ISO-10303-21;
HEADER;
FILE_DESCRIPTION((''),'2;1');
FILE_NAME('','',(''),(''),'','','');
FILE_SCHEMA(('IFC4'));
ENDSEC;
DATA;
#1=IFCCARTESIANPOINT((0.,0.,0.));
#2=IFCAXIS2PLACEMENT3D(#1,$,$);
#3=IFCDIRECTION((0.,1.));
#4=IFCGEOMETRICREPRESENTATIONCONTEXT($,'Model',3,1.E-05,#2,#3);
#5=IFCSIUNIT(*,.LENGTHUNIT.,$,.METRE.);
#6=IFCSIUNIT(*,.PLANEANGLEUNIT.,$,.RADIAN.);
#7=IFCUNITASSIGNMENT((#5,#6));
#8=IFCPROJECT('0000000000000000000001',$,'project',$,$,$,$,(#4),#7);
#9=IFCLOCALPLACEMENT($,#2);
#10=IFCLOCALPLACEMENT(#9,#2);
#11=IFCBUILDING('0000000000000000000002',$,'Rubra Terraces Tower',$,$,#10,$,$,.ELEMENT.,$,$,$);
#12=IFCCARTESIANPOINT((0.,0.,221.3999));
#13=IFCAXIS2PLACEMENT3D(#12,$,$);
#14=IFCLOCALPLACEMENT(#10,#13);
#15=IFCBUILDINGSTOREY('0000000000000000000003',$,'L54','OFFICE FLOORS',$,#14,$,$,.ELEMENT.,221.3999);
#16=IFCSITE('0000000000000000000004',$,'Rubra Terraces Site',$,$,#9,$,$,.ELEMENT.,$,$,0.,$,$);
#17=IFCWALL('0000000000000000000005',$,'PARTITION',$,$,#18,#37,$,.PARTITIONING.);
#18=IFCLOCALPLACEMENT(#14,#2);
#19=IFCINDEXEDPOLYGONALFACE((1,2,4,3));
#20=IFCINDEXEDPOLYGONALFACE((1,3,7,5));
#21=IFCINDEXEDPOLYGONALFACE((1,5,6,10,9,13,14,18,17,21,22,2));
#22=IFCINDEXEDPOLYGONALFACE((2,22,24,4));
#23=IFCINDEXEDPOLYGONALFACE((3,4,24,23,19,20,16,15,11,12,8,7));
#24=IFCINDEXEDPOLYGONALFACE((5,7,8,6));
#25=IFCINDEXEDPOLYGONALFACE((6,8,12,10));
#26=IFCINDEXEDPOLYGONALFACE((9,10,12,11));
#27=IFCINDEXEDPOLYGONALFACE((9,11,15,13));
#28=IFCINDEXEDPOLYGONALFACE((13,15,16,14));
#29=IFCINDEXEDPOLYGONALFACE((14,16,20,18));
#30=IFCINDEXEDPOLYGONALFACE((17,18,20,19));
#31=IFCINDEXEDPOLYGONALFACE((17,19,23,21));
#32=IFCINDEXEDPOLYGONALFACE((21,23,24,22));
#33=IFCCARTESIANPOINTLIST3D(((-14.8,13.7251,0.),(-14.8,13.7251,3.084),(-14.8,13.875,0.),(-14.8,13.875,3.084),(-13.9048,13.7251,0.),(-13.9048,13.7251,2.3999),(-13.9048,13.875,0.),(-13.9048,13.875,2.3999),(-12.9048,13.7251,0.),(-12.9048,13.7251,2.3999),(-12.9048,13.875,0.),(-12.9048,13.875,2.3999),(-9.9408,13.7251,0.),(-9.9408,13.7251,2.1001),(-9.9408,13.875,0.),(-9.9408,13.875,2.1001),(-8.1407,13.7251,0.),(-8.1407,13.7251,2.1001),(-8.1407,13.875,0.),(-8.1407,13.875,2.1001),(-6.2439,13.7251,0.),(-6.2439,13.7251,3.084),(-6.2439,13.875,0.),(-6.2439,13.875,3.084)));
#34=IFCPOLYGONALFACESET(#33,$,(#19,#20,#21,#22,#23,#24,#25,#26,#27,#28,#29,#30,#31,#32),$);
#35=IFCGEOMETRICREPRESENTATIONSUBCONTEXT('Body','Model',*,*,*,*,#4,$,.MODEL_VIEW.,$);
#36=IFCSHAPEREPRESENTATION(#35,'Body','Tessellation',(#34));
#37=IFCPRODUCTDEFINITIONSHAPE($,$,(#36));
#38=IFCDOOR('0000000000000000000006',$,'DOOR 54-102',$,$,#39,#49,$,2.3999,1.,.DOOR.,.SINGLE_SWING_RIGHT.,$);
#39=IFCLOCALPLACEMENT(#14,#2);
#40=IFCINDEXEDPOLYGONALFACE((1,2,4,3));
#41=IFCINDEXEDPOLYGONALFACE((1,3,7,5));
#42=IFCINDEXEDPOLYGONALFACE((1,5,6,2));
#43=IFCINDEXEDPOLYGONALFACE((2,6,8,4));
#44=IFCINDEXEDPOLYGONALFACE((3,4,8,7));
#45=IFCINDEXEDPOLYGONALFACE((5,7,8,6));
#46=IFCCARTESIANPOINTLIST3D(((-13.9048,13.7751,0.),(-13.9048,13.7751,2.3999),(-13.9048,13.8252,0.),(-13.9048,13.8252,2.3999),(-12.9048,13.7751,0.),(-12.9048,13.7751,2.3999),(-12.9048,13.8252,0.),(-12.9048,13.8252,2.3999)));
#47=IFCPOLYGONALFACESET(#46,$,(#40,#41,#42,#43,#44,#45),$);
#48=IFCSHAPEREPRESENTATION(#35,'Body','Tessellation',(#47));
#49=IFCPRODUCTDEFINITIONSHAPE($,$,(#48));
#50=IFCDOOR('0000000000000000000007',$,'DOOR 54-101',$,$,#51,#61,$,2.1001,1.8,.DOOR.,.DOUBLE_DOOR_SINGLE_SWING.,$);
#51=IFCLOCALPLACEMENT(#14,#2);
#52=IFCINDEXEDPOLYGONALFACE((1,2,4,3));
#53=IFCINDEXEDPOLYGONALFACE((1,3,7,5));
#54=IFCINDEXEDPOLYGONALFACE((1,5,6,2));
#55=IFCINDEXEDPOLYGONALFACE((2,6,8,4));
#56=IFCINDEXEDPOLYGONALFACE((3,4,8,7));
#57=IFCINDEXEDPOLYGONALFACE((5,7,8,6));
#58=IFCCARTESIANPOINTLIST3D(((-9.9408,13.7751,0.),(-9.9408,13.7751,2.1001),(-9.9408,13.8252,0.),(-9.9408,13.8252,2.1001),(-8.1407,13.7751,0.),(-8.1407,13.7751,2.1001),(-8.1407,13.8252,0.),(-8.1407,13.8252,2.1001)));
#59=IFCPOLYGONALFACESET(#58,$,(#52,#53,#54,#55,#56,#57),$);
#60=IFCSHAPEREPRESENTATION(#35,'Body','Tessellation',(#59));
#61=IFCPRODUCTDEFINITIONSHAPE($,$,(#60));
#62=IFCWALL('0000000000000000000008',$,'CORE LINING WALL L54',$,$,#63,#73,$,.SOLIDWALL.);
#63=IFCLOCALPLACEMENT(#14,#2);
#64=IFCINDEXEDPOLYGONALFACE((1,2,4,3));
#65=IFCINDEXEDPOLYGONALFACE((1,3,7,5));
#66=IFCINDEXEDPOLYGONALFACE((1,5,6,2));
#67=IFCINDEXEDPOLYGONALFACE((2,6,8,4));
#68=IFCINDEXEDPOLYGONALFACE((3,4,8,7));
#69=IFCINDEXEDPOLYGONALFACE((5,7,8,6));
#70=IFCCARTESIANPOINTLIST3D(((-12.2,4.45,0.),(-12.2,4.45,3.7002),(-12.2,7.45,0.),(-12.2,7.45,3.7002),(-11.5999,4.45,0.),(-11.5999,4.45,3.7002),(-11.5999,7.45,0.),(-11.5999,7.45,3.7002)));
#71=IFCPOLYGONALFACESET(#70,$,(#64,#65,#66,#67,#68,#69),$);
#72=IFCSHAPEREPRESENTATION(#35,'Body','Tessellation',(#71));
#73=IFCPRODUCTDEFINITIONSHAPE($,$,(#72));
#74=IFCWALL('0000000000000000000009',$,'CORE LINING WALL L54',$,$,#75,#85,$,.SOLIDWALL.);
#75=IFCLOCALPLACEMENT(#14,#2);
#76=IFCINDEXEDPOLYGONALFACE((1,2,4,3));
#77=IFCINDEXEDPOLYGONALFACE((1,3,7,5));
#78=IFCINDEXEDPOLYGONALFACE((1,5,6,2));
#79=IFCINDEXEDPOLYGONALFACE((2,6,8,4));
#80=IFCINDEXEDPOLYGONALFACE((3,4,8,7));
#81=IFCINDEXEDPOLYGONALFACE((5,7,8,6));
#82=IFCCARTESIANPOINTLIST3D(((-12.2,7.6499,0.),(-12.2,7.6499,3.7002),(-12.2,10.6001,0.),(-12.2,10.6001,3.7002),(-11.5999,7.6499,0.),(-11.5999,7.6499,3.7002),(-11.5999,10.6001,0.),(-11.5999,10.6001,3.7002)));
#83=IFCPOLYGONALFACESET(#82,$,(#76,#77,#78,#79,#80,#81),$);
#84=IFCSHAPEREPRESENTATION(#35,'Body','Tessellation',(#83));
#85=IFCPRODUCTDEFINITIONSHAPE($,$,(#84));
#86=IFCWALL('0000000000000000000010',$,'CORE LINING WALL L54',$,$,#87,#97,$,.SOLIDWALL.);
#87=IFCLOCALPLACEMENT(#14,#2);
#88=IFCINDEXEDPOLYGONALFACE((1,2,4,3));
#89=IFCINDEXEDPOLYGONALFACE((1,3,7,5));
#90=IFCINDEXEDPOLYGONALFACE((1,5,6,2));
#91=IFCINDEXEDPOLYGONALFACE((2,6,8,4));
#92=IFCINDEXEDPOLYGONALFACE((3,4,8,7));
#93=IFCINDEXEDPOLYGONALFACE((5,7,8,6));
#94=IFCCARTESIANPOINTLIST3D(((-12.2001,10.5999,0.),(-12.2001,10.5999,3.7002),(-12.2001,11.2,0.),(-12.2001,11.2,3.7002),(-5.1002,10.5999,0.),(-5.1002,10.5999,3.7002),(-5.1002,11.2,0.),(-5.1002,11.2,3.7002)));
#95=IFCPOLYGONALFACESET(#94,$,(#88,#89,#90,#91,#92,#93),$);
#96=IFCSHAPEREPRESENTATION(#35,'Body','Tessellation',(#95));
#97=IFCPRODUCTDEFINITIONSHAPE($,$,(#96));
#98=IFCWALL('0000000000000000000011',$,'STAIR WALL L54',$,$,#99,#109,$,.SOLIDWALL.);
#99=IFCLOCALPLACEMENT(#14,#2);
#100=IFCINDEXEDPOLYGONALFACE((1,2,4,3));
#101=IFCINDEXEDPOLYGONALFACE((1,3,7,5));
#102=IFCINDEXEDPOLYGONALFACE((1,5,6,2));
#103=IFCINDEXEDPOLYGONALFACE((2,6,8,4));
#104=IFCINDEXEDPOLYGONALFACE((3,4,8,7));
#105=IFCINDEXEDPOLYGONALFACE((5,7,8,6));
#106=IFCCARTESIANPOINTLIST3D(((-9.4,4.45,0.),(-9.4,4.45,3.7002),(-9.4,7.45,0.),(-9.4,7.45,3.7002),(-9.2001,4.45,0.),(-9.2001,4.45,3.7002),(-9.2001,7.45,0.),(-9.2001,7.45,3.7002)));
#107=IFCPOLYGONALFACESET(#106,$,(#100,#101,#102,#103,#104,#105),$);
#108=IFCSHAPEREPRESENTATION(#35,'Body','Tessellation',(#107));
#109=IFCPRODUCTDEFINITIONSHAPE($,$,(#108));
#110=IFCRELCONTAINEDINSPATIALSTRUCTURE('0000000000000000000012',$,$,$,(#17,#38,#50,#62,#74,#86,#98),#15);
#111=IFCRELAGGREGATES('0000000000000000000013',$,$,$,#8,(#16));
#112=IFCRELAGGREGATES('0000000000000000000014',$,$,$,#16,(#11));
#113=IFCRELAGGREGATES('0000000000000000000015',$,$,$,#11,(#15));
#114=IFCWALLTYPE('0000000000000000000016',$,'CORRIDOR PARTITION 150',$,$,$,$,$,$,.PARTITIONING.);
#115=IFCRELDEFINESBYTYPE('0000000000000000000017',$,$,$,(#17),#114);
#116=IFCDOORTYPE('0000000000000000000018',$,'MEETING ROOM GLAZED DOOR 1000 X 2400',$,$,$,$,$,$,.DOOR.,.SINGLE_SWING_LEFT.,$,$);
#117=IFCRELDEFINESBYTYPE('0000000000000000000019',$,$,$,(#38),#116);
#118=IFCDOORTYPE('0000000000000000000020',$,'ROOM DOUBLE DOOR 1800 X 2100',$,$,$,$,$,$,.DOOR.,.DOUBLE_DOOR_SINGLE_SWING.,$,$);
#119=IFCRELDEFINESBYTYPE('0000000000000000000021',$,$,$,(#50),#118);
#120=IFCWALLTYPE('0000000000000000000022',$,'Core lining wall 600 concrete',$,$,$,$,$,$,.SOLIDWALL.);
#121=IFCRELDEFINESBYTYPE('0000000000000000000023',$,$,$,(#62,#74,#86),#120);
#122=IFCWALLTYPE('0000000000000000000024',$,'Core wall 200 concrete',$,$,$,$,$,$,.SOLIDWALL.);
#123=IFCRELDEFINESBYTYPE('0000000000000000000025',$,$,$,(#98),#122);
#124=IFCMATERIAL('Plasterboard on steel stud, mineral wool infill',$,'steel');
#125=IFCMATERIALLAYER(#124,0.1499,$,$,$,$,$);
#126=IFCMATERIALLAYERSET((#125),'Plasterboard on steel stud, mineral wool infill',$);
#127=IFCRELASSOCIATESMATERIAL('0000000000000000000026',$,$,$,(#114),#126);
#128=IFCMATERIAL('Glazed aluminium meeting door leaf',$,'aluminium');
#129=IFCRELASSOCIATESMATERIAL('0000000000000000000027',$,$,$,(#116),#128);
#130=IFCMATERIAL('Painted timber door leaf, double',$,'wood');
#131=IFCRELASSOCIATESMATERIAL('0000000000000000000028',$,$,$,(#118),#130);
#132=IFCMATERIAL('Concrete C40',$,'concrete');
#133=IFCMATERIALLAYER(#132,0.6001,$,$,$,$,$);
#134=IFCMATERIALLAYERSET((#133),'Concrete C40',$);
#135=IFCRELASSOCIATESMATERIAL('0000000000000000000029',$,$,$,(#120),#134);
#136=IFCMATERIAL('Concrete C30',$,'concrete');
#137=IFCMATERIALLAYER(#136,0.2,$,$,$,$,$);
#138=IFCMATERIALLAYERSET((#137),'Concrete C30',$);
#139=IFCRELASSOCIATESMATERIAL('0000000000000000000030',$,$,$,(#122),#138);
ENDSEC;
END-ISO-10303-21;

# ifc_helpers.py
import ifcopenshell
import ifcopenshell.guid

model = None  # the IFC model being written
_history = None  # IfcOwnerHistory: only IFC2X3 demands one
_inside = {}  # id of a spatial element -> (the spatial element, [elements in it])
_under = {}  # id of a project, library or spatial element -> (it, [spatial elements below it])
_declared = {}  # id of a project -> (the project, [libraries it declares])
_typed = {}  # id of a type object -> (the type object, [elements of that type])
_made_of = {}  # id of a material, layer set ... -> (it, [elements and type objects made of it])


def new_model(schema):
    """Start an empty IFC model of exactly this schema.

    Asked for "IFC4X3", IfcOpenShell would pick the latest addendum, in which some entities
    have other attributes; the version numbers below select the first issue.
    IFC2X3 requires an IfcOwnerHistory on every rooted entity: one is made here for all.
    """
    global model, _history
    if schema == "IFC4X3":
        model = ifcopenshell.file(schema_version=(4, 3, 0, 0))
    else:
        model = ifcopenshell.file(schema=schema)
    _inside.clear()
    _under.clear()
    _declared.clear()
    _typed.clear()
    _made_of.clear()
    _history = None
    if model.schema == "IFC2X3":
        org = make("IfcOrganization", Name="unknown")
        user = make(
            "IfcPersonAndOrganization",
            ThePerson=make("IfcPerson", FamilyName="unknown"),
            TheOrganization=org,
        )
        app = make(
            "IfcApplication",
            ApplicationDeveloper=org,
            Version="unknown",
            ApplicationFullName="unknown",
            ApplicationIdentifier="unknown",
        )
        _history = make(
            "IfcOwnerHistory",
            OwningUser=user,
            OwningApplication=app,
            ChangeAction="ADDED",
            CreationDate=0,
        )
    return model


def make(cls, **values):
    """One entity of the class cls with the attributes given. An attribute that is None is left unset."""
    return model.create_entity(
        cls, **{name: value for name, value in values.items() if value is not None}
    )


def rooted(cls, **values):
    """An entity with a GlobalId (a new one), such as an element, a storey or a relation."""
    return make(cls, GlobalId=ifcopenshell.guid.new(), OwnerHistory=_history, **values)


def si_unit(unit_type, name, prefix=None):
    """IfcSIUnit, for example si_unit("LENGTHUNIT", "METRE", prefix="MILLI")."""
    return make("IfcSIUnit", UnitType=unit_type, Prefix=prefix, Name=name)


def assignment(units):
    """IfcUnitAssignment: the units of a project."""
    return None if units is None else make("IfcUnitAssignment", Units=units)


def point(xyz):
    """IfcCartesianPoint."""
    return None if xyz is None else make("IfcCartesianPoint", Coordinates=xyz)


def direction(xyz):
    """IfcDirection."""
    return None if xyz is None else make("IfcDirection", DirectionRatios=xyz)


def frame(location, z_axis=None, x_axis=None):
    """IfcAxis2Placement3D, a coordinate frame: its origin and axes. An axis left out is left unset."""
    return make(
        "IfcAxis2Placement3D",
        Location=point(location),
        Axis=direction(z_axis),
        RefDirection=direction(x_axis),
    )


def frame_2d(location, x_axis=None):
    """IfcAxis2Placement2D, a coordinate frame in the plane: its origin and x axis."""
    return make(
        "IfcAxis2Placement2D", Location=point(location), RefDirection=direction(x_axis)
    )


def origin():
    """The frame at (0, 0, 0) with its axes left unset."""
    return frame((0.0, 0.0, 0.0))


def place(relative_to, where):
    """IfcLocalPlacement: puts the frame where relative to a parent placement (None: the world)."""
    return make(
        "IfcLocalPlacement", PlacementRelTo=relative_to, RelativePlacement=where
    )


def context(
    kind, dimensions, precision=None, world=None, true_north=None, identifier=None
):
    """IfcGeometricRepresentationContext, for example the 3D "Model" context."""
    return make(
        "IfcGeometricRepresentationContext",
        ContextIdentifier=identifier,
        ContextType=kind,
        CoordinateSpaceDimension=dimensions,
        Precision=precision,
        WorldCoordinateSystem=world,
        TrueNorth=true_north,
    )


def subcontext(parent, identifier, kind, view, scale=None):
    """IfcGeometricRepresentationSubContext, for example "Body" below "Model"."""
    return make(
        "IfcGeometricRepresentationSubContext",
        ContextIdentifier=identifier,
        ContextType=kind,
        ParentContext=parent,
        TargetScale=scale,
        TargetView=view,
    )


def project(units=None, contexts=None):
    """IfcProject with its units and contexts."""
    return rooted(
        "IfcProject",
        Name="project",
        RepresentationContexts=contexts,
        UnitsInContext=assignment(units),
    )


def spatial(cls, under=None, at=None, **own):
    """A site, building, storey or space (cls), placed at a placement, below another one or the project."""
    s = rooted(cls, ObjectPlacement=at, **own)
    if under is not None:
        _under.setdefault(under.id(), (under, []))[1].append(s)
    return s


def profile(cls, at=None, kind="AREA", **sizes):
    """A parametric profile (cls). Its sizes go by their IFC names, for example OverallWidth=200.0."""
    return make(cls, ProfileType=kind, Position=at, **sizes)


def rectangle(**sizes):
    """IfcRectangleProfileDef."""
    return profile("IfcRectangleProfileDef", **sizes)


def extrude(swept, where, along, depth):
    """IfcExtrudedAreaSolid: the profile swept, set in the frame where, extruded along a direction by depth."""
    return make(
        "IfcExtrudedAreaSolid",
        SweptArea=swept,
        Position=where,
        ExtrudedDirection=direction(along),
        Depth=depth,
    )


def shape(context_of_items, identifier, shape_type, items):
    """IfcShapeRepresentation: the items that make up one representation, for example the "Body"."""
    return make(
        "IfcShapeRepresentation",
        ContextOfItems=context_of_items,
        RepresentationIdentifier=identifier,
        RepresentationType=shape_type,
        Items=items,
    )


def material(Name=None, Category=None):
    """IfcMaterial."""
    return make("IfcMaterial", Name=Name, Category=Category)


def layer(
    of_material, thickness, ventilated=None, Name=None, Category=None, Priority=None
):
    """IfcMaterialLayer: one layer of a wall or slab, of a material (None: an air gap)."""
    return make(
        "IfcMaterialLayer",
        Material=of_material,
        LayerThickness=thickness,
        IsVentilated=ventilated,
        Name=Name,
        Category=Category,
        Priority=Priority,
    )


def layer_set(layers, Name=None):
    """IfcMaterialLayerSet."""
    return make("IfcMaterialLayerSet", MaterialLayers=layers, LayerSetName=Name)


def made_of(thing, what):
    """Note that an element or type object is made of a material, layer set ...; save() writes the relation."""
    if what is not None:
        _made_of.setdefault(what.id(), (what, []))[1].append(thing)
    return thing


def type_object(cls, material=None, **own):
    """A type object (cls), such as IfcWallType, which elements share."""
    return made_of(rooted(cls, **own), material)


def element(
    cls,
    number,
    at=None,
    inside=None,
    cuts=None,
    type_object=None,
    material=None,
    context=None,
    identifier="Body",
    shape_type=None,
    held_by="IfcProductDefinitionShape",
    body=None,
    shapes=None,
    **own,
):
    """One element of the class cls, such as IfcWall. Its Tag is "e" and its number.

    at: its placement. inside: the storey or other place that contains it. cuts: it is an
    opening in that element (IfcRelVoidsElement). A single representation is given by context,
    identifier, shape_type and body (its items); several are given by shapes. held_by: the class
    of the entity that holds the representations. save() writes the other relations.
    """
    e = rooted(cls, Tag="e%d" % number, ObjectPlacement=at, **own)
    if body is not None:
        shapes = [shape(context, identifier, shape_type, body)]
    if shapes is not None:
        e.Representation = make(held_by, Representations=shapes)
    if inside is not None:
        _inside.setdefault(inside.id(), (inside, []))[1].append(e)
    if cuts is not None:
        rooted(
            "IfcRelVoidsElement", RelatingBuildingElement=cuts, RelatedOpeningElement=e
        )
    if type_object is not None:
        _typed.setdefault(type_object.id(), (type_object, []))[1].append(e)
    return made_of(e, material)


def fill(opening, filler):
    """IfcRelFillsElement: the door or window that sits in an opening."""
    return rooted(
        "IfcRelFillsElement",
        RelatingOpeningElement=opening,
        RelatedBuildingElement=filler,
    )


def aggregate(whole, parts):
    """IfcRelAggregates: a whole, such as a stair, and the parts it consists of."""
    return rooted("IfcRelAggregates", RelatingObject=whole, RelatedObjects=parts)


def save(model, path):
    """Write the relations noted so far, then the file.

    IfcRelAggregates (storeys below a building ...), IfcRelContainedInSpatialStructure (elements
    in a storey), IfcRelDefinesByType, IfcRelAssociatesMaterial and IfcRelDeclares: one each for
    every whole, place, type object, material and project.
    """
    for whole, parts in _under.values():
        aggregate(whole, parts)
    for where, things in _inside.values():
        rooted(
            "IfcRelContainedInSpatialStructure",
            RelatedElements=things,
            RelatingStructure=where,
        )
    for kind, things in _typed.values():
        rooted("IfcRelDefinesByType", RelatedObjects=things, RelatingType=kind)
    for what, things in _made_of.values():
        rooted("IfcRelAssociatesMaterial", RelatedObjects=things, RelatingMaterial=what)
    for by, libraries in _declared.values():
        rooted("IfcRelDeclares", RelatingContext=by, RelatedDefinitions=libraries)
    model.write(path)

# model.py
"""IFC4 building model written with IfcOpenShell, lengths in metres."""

from ifc_helpers import new_model, si_unit, direction, frame, frame_2d, origin, place, context, subcontext, project, spatial, rectangle, extrude, material, layer, layer_set, type_object, element, fill, save


model = new_model("IFC4")

# Units and contexts
model_context = context("Model", 3, precision=1e-05, world=origin(), true_north=direction((0.0, 1.0)))
body_context = subcontext(model_context, "Body", "Model", "MODEL_VIEW")
ifc_project = project(units=[si_unit("LENGTHUNIT", "METRE"), si_unit("PLANEANGLEUNIT", "RADIAN")], contexts=[model_context])

# Site, building, storey
site_placement = place(None, origin())
site = spatial("IfcSite", under=ifc_project, at=site_placement, Name="Rubra Terraces Site", CompositionType="ELEMENT", RefElevation=0.0)
building_placement = place(site_placement, origin())
building = spatial("IfcBuilding", under=site, at=building_placement, Name="Rubra Terraces Tower", CompositionType="ELEMENT")
storey_placement = place(building_placement, frame((0.0, 0.0, 221.3999)))
storey = spatial("IfcBuildingStorey", under=building, at=storey_placement, Name="L54", Description="OFFICE FLOORS", CompositionType="ELEMENT", Elevation=221.3999)

# Wall, openings, doors
ifc_material_1 = material(Name="Plasterboard on steel stud, mineral wool infill", Category="steel")
ifc_layer_1 = layer(ifc_material_1, 0.1499)
ifc_layer_set_1 = layer_set([ifc_layer_1], Name="Plasterboard on steel stud, mineral wool infill")
wall_type_1 = type_object("IfcWallType", Name="CORRIDOR PARTITION 150", PredefinedType="PARTITIONING", material=ifc_layer_set_1)
wall_1_placement = place(storey_placement, frame((-6.2439, 13.8, 0.0), z_axis=(0.0, 0.0, 1.0), x_axis=(-1.0, 0.0, 0.0)))
wall_1 = element("IfcWall", 1, at=wall_1_placement, inside=storey, type_object=wall_type_1, Name="PARTITION", PredefinedType="PARTITIONING", context=body_context, shape_type="SweptSolid", body=[
    extrude(rectangle(XDim=8.5562, YDim=0.1499, at=frame_2d((4.2781, 0.0))), origin(), (0.0, 0.0, 1.0), 3.084),
])
opening_1_placement = place(wall_1_placement, frame((1.897, 0.0, 0.0)))
opening_1 = element("IfcOpeningElement", 2, at=opening_1_placement, cuts=wall_1, PredefinedType="OPENING", context=body_context, shape_type="SweptSolid", body=[
    extrude(rectangle(XDim=1.8, YDim=2.1001, at=frame_2d((0.8999, 1.05))), frame((0.0, 0.085, 0.0), z_axis=(0.0, -1.0, 0.0), x_axis=(1.0, 0.0, 0.0)), (0.0, 0.0, 1.0), 0.1699),
])
opening_2_placement = place(wall_1_placement, frame((6.6609, 0.0, 0.0)))
opening_2 = element("IfcOpeningElement", 3, at=opening_2_placement, cuts=wall_1, PredefinedType="OPENING", context=body_context, shape_type="SweptSolid", body=[
    extrude(rectangle(XDim=1.0, YDim=2.3999, at=frame_2d((0.5, 1.2))), frame((0.0, 0.085, 0.0), z_axis=(0.0, -1.0, 0.0), x_axis=(1.0, 0.0, 0.0)), (0.0, 0.0, 1.0), 0.1699),
])
ifc_material_2 = material(Name="Glazed aluminium meeting door leaf", Category="aluminium")
door_type_1 = type_object("IfcDoorType", Name="MEETING ROOM GLAZED DOOR 1000 X 2400", OperationType="SINGLE_SWING_LEFT", PredefinedType="DOOR", material=ifc_material_2)
door_1_placement = place(opening_2_placement, origin())
door_1 = element("IfcDoor", 4, at=door_1_placement, inside=storey, type_object=door_type_1, Name="DOOR 54-102", OperationType="SINGLE_SWING_RIGHT", OverallHeight=2.3999, OverallWidth=1.0, PredefinedType="DOOR", context=body_context, shape_type="SweptSolid", body=[
    extrude(rectangle(XDim=1.0, YDim=2.3999, at=frame_2d((0.5, 1.2))), frame((0.0, 0.0249, 0.0), z_axis=(0.0, -1.0, 0.0), x_axis=(1.0, 0.0, 0.0)), (0.0, 0.0, 1.0), 0.05),
])
fill(opening_2, door_1)
ifc_material_3 = material(Name="Painted timber door leaf, double", Category="wood")
door_type_2 = type_object("IfcDoorType", Name="ROOM DOUBLE DOOR 1800 X 2100", OperationType="DOUBLE_DOOR_SINGLE_SWING", PredefinedType="DOOR", material=ifc_material_3)
door_2_placement = place(opening_1_placement, origin())
door_2 = element("IfcDoor", 5, at=door_2_placement, inside=storey, type_object=door_type_2, Name="DOOR 54-101", OperationType="DOUBLE_DOOR_SINGLE_SWING", OverallHeight=2.1001, OverallWidth=1.8, PredefinedType="DOOR", context=body_context, shape_type="SweptSolid", body=[
    extrude(rectangle(XDim=1.8, YDim=2.1001, at=frame_2d((0.8999, 1.05))), frame((0.0, 0.0249, 0.0), z_axis=(0.0, -1.0, 0.0), x_axis=(1.0, 0.0, 0.0)), (0.0, 0.0, 1.0), 0.05),
])
fill(opening_1, door_2)

# Walls
ifc_material_4 = material(Name="Concrete C40", Category="concrete")
ifc_layer_2 = layer(ifc_material_4, 0.6001)
ifc_layer_set_2 = layer_set([ifc_layer_2], Name="Concrete C40")
wall_type_2 = type_object("IfcWallType", Name="Core lining wall 600 concrete", PredefinedType="SOLIDWALL", material=ifc_layer_set_2)
wall_2_placement = place(storey_placement, frame((-11.8999, 4.45, 0.0), z_axis=(0.0, 0.0, 1.0), x_axis=(0.0, 1.0, 0.0)))
element("IfcWall", 6, at=wall_2_placement, inside=storey, type_object=wall_type_2, Name="CORE LINING WALL L54", PredefinedType="SOLIDWALL", context=body_context, shape_type="SweptSolid", body=[
    extrude(rectangle(XDim=3.0, YDim=0.6001, at=frame_2d((1.5, 0.0))), origin(), (0.0, 0.0, 1.0), 3.7002),
])
wall_3_placement = place(storey_placement, frame((-11.8999, 7.6499, 0.0), z_axis=(0.0, 0.0, 1.0), x_axis=(0.0, 1.0, 0.0)))
element("IfcWall", 7, at=wall_3_placement, inside=storey, type_object=wall_type_2, Name="CORE LINING WALL L54", PredefinedType="SOLIDWALL", context=body_context, shape_type="SweptSolid", body=[
    extrude(rectangle(XDim=2.9502, YDim=0.6001, at=frame_2d((1.4751, 0.0))), origin(), (0.0, 0.0, 1.0), 3.7002),
])
wall_4_placement = place(storey_placement, frame((-12.2, 10.8999, 0.0), z_axis=(0.0, 0.0, 1.0), x_axis=(1.0, 0.0, 0.0)))
element("IfcWall", 8, at=wall_4_placement, inside=storey, type_object=wall_type_2, Name="CORE LINING WALL L54", PredefinedType="SOLIDWALL", context=body_context, shape_type="SweptSolid", body=[
    extrude(rectangle(XDim=7.0999, YDim=0.6001, at=frame_2d((3.5498, 0.0))), origin(), (0.0, 0.0, 1.0), 3.7002),
])
ifc_material_5 = material(Name="Concrete C30", Category="concrete")
ifc_layer_3 = layer(ifc_material_5, 0.2)
ifc_layer_set_3 = layer_set([ifc_layer_3], Name="Concrete C30")
wall_type_3 = type_object("IfcWallType", Name="Core wall 200 concrete", PredefinedType="SOLIDWALL", material=ifc_layer_set_3)
wall_5_placement = place(storey_placement, frame((-9.3, 4.45, 0.0), z_axis=(0.0, 0.0, 1.0), x_axis=(0.0, 1.0, 0.0)))
element("IfcWall", 9, at=wall_5_placement, inside=storey, type_object=wall_type_3, Name="STAIR WALL L54", PredefinedType="SOLIDWALL", context=body_context, shape_type="SweptSolid", body=[
    extrude(rectangle(XDim=3.0, YDim=0.2, at=frame_2d((1.5, 0.0))), origin(), (0.0, 0.0, 1.0), 3.7002),
])

save(model, "model.ifc")
